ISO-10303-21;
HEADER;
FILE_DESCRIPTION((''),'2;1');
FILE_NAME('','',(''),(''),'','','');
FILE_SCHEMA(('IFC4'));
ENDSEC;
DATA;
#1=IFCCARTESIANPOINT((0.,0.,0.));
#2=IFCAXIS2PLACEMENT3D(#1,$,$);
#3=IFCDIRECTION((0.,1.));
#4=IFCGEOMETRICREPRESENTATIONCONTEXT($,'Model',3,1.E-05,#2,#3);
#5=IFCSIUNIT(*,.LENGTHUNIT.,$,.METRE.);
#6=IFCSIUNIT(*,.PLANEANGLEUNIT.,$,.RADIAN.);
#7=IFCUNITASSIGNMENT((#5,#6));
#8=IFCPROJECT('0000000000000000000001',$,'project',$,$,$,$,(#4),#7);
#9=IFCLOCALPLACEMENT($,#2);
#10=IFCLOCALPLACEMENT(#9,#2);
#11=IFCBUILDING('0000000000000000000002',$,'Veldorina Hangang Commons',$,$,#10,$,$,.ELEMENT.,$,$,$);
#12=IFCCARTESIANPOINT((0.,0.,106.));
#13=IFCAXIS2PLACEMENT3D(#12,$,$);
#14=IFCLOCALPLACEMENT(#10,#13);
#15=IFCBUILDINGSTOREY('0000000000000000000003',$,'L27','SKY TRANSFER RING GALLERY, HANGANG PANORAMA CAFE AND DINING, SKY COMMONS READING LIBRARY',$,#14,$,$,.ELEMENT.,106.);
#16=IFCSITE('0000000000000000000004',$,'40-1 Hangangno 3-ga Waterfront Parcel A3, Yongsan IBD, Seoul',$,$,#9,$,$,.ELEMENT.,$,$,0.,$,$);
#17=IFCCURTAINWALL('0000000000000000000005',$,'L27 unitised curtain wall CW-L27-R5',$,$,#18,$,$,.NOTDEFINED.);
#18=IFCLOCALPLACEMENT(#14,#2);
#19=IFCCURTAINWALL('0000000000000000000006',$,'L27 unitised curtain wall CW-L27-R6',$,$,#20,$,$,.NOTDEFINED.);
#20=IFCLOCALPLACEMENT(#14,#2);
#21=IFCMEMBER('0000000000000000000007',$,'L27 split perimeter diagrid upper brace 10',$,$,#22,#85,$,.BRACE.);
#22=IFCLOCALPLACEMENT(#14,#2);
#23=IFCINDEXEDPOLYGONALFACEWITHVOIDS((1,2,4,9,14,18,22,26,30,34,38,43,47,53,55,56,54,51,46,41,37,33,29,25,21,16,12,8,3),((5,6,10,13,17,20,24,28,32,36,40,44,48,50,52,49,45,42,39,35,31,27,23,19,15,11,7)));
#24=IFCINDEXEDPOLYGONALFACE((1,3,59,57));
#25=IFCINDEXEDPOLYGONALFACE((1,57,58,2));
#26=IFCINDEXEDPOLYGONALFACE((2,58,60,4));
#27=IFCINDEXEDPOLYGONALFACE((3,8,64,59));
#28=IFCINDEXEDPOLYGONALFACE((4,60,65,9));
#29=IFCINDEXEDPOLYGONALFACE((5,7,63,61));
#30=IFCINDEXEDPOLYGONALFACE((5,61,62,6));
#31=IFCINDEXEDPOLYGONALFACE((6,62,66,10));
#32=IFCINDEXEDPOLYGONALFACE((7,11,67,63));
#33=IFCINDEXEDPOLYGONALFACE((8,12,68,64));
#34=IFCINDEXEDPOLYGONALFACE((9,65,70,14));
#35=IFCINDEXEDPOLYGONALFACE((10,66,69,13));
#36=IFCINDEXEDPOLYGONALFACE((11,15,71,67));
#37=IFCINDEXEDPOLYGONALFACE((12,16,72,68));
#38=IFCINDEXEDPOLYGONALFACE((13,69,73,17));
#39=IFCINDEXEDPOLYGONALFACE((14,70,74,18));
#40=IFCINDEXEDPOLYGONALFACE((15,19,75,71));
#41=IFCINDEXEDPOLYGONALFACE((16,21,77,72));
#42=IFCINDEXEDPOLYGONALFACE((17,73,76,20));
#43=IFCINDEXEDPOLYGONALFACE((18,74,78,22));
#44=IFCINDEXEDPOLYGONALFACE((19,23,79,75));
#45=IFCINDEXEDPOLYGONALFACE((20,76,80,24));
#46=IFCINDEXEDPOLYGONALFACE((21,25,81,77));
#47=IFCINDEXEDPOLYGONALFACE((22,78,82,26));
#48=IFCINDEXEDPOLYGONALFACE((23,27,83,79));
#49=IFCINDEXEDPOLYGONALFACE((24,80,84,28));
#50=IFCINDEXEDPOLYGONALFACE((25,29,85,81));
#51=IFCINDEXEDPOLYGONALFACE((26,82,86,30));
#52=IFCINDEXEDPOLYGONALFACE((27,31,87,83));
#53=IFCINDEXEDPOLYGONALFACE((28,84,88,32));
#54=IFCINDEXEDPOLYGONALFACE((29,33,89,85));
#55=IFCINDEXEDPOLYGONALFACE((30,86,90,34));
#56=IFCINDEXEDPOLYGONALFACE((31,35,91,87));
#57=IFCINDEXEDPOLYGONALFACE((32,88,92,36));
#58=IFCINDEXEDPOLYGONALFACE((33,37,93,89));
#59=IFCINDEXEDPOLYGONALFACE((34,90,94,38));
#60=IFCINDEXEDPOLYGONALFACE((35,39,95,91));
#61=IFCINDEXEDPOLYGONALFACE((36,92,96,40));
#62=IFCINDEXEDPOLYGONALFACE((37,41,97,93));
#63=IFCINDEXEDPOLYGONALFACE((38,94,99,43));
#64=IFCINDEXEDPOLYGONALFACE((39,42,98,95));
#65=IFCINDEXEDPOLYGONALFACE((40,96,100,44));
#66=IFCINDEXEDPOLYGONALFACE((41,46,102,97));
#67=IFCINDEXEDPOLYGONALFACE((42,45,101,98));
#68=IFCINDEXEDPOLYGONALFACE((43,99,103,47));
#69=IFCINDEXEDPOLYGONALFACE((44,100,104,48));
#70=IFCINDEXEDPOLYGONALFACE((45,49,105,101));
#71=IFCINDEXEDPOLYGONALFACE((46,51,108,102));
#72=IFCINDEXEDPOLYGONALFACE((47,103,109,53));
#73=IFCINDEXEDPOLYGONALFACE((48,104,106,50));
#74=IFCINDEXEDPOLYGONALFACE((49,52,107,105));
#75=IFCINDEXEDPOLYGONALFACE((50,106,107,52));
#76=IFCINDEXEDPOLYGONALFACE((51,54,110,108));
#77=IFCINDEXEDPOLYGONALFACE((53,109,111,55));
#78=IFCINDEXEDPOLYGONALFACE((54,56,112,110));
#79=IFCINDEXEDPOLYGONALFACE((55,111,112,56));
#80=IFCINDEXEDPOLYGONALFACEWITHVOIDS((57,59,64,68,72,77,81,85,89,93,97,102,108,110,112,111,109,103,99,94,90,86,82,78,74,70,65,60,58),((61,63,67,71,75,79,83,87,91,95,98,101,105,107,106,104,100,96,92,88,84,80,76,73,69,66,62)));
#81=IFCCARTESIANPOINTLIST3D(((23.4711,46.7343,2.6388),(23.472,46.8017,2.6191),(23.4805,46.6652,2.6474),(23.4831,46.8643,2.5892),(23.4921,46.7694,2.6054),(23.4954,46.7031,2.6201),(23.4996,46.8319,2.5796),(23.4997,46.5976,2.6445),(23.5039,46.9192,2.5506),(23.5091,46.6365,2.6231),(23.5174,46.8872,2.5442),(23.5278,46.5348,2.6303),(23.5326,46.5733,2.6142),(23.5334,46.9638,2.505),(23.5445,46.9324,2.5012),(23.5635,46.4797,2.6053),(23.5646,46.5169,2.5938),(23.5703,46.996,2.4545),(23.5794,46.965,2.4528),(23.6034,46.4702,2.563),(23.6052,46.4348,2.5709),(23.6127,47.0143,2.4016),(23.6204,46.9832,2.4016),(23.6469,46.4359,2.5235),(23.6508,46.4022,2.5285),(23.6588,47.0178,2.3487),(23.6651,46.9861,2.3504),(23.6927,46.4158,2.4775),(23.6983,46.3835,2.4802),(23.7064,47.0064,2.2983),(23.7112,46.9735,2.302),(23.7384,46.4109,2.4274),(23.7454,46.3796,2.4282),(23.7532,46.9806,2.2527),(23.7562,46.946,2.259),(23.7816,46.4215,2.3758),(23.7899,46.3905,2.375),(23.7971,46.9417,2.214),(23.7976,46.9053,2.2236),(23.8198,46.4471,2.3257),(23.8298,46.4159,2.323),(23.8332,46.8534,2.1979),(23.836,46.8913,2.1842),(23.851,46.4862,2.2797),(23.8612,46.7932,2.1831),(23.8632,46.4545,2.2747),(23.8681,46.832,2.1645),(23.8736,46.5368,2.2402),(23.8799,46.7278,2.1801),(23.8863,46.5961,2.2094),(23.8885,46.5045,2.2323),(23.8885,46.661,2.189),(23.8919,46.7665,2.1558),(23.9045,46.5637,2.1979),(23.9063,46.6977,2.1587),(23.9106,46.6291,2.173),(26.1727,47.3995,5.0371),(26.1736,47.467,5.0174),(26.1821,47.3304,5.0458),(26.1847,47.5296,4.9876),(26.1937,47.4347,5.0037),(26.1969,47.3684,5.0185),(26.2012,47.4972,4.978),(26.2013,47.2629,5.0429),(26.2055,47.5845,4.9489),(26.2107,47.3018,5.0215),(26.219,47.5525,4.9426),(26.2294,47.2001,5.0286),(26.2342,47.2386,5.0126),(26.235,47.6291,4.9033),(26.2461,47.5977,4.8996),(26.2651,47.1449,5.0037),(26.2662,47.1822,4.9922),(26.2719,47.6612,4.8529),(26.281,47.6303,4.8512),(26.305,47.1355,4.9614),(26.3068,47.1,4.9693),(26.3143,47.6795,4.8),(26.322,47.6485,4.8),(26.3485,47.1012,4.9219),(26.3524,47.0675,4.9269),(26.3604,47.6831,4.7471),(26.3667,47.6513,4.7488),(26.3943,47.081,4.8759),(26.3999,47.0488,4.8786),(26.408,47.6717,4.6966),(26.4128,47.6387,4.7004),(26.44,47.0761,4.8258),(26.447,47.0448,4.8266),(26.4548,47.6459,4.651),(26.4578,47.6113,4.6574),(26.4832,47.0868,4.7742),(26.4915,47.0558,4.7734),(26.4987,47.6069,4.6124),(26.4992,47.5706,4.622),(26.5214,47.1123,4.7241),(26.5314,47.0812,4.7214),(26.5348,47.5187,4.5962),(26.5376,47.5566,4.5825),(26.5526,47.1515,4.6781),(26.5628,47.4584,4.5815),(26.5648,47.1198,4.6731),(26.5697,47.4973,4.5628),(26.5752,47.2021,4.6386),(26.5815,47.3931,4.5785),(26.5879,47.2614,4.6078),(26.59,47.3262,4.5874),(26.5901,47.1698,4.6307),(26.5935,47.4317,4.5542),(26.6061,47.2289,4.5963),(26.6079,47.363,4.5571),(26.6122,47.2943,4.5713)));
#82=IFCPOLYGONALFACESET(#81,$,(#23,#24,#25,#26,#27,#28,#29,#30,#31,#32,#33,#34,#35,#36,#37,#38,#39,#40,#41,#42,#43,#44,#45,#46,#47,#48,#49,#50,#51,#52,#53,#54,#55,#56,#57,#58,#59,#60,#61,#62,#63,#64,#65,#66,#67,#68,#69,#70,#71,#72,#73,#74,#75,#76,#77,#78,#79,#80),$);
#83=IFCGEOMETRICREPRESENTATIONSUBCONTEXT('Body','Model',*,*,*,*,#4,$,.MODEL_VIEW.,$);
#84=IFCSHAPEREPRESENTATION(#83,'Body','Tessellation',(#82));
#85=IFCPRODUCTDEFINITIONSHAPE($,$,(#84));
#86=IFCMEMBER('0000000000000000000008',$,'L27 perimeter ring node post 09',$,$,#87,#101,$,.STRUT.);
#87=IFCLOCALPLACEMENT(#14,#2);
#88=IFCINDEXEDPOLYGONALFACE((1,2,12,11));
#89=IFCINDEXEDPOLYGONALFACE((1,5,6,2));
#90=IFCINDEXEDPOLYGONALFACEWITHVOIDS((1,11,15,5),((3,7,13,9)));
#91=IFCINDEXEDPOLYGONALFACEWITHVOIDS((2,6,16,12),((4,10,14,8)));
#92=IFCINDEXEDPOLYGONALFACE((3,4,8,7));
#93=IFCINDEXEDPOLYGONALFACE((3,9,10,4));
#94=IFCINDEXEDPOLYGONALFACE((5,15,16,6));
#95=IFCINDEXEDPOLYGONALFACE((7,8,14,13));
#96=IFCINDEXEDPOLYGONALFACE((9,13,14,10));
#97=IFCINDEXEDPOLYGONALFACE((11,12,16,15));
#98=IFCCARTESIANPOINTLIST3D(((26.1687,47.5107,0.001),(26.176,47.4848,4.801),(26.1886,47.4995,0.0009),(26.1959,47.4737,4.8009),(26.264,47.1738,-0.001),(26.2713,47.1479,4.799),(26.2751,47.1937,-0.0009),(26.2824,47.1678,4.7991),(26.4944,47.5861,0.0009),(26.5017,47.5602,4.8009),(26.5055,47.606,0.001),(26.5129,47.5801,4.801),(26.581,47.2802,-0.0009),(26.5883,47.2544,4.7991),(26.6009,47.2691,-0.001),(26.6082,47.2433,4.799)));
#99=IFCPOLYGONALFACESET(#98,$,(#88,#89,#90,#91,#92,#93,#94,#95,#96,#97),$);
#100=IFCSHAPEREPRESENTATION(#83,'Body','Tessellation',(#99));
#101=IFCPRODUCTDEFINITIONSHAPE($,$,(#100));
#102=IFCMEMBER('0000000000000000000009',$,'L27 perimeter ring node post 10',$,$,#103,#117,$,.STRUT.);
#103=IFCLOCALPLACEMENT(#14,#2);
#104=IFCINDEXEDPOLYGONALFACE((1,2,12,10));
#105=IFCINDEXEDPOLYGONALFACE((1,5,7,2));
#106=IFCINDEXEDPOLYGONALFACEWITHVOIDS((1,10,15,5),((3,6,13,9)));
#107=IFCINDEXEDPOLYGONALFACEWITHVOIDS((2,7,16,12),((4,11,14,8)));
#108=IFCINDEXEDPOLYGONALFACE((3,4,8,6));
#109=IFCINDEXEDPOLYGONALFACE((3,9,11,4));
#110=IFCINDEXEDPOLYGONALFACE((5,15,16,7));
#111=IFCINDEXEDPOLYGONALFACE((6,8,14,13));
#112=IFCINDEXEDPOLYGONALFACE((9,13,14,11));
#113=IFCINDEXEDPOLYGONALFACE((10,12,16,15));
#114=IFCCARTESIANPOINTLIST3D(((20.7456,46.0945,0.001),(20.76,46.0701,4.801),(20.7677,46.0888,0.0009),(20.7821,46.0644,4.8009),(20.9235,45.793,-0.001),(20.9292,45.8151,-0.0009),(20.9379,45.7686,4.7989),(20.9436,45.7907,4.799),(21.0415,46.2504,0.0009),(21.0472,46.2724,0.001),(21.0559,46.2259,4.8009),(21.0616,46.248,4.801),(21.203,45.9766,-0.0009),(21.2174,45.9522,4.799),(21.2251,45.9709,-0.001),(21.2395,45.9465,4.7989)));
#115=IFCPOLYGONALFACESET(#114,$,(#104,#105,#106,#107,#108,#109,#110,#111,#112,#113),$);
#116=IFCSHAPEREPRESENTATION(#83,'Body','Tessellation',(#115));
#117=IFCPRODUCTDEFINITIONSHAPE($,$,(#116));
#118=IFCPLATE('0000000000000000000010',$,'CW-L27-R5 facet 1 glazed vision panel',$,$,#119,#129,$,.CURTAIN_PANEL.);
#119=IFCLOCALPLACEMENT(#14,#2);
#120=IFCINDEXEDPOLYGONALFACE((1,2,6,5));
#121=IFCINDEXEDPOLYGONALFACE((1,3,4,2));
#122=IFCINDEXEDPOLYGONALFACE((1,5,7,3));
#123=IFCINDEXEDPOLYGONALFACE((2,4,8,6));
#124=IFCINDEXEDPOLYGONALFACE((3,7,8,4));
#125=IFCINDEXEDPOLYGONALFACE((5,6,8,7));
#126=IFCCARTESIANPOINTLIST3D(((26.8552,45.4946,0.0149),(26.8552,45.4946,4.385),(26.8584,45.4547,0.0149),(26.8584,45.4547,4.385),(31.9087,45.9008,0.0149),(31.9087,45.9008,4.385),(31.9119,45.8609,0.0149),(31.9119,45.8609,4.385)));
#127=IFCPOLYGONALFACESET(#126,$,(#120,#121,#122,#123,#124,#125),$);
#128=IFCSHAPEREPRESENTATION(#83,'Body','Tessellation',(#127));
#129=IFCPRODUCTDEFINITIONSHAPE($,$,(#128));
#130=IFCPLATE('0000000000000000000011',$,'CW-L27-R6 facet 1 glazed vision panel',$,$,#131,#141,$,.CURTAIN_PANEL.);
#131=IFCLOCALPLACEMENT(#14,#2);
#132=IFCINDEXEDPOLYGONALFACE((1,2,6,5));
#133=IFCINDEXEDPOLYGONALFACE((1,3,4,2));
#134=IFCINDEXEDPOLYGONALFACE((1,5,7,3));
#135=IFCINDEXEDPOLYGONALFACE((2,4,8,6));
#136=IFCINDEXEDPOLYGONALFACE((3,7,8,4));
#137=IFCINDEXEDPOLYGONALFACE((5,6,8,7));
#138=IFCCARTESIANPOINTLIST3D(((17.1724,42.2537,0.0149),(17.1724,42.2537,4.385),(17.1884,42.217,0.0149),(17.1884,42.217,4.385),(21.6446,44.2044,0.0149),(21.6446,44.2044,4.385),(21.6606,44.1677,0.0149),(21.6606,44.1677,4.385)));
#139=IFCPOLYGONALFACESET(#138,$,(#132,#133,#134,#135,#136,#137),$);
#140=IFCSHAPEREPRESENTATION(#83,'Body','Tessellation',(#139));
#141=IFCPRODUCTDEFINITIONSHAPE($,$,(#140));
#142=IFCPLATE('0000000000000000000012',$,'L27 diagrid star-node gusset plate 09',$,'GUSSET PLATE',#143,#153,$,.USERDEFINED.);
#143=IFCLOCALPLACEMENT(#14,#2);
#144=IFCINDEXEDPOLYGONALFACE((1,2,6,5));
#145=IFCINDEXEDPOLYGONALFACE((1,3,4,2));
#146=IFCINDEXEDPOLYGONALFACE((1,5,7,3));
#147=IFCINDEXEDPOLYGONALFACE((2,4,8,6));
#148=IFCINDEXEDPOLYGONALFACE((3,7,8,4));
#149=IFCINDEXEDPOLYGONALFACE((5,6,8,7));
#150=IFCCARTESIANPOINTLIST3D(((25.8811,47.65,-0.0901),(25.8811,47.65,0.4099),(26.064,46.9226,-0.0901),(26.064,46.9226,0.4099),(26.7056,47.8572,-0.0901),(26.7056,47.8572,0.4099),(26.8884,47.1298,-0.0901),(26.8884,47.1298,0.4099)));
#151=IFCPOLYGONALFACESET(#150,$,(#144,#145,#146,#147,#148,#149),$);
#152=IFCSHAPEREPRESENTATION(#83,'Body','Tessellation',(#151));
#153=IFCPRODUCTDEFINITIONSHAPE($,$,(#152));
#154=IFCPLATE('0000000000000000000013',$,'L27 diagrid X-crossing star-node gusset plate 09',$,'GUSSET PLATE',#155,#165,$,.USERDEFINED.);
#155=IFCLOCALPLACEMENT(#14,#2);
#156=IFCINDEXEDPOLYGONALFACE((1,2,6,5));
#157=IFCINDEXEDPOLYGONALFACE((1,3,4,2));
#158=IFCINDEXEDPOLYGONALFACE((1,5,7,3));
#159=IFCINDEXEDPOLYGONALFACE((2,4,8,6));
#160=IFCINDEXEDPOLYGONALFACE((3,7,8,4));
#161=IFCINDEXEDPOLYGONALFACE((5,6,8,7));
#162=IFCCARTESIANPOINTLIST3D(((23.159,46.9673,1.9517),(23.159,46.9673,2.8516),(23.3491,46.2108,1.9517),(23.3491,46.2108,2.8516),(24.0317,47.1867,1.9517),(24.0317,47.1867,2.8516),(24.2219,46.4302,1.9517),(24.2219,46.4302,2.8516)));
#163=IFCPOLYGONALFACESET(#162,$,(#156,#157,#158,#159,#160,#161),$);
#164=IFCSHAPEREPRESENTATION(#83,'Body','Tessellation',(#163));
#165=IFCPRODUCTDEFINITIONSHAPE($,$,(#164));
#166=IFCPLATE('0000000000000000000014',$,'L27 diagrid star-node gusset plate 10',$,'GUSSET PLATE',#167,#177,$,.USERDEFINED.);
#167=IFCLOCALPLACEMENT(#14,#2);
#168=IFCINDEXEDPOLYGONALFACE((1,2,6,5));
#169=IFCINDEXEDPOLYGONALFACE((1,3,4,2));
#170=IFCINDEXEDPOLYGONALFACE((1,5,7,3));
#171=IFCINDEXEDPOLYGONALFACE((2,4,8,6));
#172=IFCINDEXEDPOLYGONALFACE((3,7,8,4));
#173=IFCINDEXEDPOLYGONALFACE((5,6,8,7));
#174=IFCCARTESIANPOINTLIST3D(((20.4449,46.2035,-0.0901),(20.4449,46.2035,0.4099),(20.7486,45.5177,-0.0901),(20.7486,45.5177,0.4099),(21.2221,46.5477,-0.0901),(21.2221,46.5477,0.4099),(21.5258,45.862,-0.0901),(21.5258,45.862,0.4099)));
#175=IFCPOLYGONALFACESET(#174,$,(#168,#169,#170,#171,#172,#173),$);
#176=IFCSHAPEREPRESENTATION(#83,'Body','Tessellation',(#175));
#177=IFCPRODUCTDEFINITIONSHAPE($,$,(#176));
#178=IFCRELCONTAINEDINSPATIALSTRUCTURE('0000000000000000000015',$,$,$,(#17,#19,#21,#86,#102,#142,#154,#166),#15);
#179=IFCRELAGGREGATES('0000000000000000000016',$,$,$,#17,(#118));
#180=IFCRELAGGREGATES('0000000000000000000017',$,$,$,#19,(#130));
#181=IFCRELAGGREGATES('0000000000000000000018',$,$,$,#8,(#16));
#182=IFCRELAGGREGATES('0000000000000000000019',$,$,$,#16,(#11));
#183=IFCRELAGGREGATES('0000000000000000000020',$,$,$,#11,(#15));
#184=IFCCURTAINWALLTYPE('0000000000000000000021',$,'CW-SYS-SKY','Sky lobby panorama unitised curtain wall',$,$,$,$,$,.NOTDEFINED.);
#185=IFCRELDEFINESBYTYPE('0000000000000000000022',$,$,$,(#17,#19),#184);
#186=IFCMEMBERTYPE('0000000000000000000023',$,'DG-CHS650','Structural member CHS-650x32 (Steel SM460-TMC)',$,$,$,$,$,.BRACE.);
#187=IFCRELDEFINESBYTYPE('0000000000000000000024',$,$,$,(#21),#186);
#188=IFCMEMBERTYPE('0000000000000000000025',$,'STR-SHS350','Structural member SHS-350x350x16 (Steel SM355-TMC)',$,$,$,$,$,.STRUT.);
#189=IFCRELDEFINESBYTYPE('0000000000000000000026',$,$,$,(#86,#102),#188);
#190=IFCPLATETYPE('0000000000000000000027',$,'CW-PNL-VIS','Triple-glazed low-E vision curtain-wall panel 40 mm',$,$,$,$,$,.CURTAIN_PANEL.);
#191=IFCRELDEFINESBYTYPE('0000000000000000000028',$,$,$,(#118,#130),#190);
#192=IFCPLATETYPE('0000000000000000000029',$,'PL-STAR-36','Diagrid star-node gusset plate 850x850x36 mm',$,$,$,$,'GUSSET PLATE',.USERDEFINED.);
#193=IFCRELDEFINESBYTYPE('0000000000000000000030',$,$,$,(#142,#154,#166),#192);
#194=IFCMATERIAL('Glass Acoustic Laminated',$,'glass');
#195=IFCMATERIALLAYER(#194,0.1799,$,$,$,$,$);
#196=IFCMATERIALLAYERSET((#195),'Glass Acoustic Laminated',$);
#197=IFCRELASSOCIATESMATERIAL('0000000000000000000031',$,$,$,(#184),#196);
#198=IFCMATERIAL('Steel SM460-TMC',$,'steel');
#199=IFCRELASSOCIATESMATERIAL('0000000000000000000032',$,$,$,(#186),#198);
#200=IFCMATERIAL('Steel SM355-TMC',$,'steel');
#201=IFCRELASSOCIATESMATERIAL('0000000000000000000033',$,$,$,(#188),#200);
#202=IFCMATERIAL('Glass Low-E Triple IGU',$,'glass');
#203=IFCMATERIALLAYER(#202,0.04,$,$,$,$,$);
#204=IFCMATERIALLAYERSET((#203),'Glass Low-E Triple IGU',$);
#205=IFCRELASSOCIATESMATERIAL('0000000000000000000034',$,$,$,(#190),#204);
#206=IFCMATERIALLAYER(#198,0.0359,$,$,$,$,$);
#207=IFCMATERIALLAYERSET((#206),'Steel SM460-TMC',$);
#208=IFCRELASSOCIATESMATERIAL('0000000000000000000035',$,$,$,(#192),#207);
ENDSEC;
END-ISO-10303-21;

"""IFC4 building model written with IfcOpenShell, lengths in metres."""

from ifc_helpers import new_model, si_unit, direction, frame, origin, origin_2d, place, context, subcontext, project, spatial, rectangle, hollow_rectangle, hollow_circle, extrude, material, layer, layer_set, material_profile, profile_set, type_object, element, aggregate, save


model = new_model("IFC4")

# Units and contexts
model_context = context("Model", 3, precision=1e-05, world=origin(), true_north=direction((0.0, 1.0)))
body_context = subcontext(model_context, "Body", "Model", "MODEL_VIEW")
ifc_project = project(units=[si_unit("LENGTHUNIT", "METRE"), si_unit("PLANEANGLEUNIT", "RADIAN")], contexts=[model_context])

# Site, building, storey
site_placement = place(None, origin())
site = spatial("IfcSite", under=ifc_project, at=site_placement, Name="40-1 Hangangno 3-ga Waterfront Parcel A3, Yongsan IBD, Seoul", CompositionType="ELEMENT", RefElevation=0.0)
building_placement = place(site_placement, origin())
building = spatial("IfcBuilding", under=site, at=building_placement, Name="Veldorina Hangang Commons", CompositionType="ELEMENT")
storey_placement = place(building_placement, frame((0.0, 0.0, 106.0)))
storey = spatial("IfcBuildingStorey", under=building, at=storey_placement, Name="L27", Description="SKY TRANSFER RING GALLERY, HANGANG PANORAMA CAFE AND DINING, SKY COMMONS READING LIBRARY", CompositionType="ELEMENT", Elevation=106.0)

# Shared definitions
ifc_material_1 = material(Name="Steel SM460-TMC", Category="steel")

# Curtain wall
ifc_material_2 = material(Name="Glass Acoustic Laminated", Category="glass")
ifc_layer_1 = layer(ifc_material_2, 0.1799)
ifc_layer_set_1 = layer_set([ifc_layer_1], Name="Glass Acoustic Laminated")
curtain_wall_type = type_object("IfcCurtainWallType", Name="CW-SYS-SKY", Description="Sky lobby panorama unitised curtain wall", PredefinedType="NOTDEFINED", material=ifc_layer_set_1)
curtain_wall_1_placement = place(storey_placement, origin())
curtain_wall_1 = element("IfcCurtainWall", 1, at=curtain_wall_1_placement, inside=storey, type_object=curtain_wall_type, Name="L27 unitised curtain wall CW-L27-R5", PredefinedType="NOTDEFINED")

# Curtain wall
curtain_wall_2_placement = place(storey_placement, origin())
curtain_wall_2 = element("IfcCurtainWall", 2, at=curtain_wall_2_placement, inside=storey, type_object=curtain_wall_type, Name="L27 unitised curtain wall CW-L27-R6", PredefinedType="NOTDEFINED")

# Members
ifc_material_profile_1 = material_profile(ifc_material_1, hollow_circle(Radius=0.325, WallThickness=0.032, at=origin_2d()), Name="CHS-650x32")
ifc_profile_set_1 = profile_set([ifc_material_profile_1], Name="Steel SM460-TMC")
member_type_1 = type_object("IfcMemberType", Name="DG-CHS650", Description="Structural member CHS-650x32 (Steel SM460-TMC)", PredefinedType="BRACE", material=ifc_profile_set_1)
member_1_placement = place(storey_placement, frame((23.6904, 46.6987, 2.4016), z_axis=(0.73546, 0.181107, 0.652915), x_axis=(-0.239107, 0.970993, 0.0)))
element("IfcMember", 3, at=member_1_placement, inside=storey, type_object=member_type_1, Name="L27 split perimeter diagrid upper brace 10", PredefinedType="BRACE", context=body_context, shape_type="SweptSolid", body=[
    extrude(hollow_circle(Radius=0.325, WallThickness=0.032, at=origin_2d()), origin(), (0.0, 0.0, 1.0), 3.6733),
])
ifc_material_3 = material(Name="Steel SM355-TMC", Category="steel")
ifc_material_profile_2 = material_profile(ifc_material_3, hollow_rectangle(XDim=0.3501, YDim=0.3501, WallThickness=0.0161, at=origin_2d()), Name="SHS-350x350x16")
ifc_profile_set_2 = profile_set([ifc_material_profile_2], Name="Steel SM355-TMC")
member_type_2 = type_object("IfcMemberType", Name="STR-SHS350", Description="Structural member SHS-350x350x16 (Steel SM355-TMC)", PredefinedType="STRUT", material=ifc_profile_set_2)
for number, where, z_axis, x_axis, name in (
    (4, (26.3848, 47.3899, 0.0), (0.001526, -0.005391, 0.999984), (0.962206, 0.272322, 0.0), "L27 perimeter ring node post 09"),
    (5, (20.9854, 46.0327, 0.0), (0.003001, -0.005086, 0.999983), (0.861269, 0.508149, 0.0), "L27 perimeter ring node post 10"),
):
    element("IfcMember", number, at=place(storey_placement, frame(where, z_axis=z_axis, x_axis=x_axis)), inside=storey, type_object=member_type_2, Name=name, PredefinedType="STRUT", context=body_context, shape_type="SweptSolid", body=[
        extrude(hollow_rectangle(XDim=0.3501, YDim=0.3501, WallThickness=0.0161, at=origin_2d()), origin(), (0.0, 0.0, 1.0), 4.8),
    ])

# Plates
ifc_material_4 = material(Name="Glass Low-E Triple IGU", Category="glass")
ifc_layer_2 = layer(ifc_material_4, 0.04)
ifc_layer_set_2 = layer_set([ifc_layer_2], Name="Glass Low-E Triple IGU")
plate_type_1 = type_object("IfcPlateType", Name="CW-PNL-VIS", Description="Triple-glazed low-E vision curtain-wall panel 40 mm", PredefinedType="CURTAIN_PANEL", material=ifc_layer_set_2)
plate_1_placement = place(storey_placement, frame((29.3835, 45.6777, 0.0149), z_axis=(0.0, 0.0, 1.0), x_axis=(-0.996786, -0.080112, 0.0)))
plate_1 = element("IfcPlate", 6, at=plate_1_placement, type_object=plate_type_1, Name="CW-L27-R5 facet 1 glazed vision panel", PredefinedType="CURTAIN_PANEL", context=body_context, shape_type="SweptSolid", body=[
    extrude(rectangle(XDim=5.0698, YDim=0.04, at=origin_2d()), origin(), (0.0, 0.0, 1.0), 4.3701),
])
aggregate(curtain_wall_1, [plate_1])
plate_2_placement = place(storey_placement, frame((19.4165, 43.2107, 0.0149), z_axis=(0.0, 0.0, 1.0), x_axis=(-0.9166, -0.399805, 0.0)))
plate_2 = element("IfcPlate", 7, at=plate_2_placement, type_object=plate_type_1, Name="CW-L27-R6 facet 1 glazed vision panel", PredefinedType="CURTAIN_PANEL", context=body_context, shape_type="SweptSolid", body=[
    extrude(rectangle(XDim=4.8792, YDim=0.04, at=origin_2d()), origin(), (0.0, 0.0, 1.0), 4.3701),
])
aggregate(curtain_wall_2, [plate_2])

# Plates
ifc_layer_3 = layer(ifc_material_1, 0.0359)
ifc_layer_set_3 = layer_set([ifc_layer_3], Name="Steel SM460-TMC")
plate_type_2 = type_object("IfcPlateType", Name="PL-STAR-36", Description="Diagrid star-node gusset plate 850x850x36 mm", ElementType="GUSSET PLATE", PredefinedType="USERDEFINED", material=ifc_layer_set_3)
plate_3_placement = place(storey_placement, frame((26.3848, 47.3899, -0.0901), z_axis=(0.0, 0.0, 1.0), x_axis=(-0.969834, -0.243767, 0.0)))
element("IfcPlate", 8, at=plate_3_placement, inside=storey, type_object=plate_type_2, Name="L27 diagrid star-node gusset plate 09", ObjectType="GUSSET PLATE", PredefinedType="USERDEFINED", context=body_context, shape_type="SweptSolid", body=[
    extrude(rectangle(XDim=0.8501, YDim=0.75, at=origin_2d()), origin(), (0.0, 0.0, 1.0), 0.5),
])
plate_4_placement = place(storey_placement, frame((23.6904, 46.6987, 1.9517), z_axis=(0.0, 0.0, 1.0), x_axis=(-0.969834, -0.243767, 0.0)))
element("IfcPlate", 9, at=plate_4_placement, inside=storey, type_object=plate_type_2, Name="L27 diagrid X-crossing star-node gusset plate 09", ObjectType="GUSSET PLATE", PredefinedType="USERDEFINED", context=body_context, shape_type="SweptSolid", body=[
    extrude(rectangle(XDim=0.8999, YDim=0.78, at=origin_2d()), origin(), (0.0, 0.0, 1.0), 0.8999),
])
plate_5_placement = place(storey_placement, frame((20.9854, 46.0327, -0.0901), z_axis=(0.0, 0.0, 1.0), x_axis=(-0.914346, -0.404934, 0.0)))
element("IfcPlate", 10, at=plate_5_placement, inside=storey, type_object=plate_type_2, Name="L27 diagrid star-node gusset plate 10", ObjectType="GUSSET PLATE", PredefinedType="USERDEFINED", context=body_context, shape_type="SweptSolid", body=[
    extrude(rectangle(XDim=0.8501, YDim=0.75, at=origin_2d()), origin(), (0.0, 0.0, 1.0), 0.5),
])

save(model, "model.ifc")
